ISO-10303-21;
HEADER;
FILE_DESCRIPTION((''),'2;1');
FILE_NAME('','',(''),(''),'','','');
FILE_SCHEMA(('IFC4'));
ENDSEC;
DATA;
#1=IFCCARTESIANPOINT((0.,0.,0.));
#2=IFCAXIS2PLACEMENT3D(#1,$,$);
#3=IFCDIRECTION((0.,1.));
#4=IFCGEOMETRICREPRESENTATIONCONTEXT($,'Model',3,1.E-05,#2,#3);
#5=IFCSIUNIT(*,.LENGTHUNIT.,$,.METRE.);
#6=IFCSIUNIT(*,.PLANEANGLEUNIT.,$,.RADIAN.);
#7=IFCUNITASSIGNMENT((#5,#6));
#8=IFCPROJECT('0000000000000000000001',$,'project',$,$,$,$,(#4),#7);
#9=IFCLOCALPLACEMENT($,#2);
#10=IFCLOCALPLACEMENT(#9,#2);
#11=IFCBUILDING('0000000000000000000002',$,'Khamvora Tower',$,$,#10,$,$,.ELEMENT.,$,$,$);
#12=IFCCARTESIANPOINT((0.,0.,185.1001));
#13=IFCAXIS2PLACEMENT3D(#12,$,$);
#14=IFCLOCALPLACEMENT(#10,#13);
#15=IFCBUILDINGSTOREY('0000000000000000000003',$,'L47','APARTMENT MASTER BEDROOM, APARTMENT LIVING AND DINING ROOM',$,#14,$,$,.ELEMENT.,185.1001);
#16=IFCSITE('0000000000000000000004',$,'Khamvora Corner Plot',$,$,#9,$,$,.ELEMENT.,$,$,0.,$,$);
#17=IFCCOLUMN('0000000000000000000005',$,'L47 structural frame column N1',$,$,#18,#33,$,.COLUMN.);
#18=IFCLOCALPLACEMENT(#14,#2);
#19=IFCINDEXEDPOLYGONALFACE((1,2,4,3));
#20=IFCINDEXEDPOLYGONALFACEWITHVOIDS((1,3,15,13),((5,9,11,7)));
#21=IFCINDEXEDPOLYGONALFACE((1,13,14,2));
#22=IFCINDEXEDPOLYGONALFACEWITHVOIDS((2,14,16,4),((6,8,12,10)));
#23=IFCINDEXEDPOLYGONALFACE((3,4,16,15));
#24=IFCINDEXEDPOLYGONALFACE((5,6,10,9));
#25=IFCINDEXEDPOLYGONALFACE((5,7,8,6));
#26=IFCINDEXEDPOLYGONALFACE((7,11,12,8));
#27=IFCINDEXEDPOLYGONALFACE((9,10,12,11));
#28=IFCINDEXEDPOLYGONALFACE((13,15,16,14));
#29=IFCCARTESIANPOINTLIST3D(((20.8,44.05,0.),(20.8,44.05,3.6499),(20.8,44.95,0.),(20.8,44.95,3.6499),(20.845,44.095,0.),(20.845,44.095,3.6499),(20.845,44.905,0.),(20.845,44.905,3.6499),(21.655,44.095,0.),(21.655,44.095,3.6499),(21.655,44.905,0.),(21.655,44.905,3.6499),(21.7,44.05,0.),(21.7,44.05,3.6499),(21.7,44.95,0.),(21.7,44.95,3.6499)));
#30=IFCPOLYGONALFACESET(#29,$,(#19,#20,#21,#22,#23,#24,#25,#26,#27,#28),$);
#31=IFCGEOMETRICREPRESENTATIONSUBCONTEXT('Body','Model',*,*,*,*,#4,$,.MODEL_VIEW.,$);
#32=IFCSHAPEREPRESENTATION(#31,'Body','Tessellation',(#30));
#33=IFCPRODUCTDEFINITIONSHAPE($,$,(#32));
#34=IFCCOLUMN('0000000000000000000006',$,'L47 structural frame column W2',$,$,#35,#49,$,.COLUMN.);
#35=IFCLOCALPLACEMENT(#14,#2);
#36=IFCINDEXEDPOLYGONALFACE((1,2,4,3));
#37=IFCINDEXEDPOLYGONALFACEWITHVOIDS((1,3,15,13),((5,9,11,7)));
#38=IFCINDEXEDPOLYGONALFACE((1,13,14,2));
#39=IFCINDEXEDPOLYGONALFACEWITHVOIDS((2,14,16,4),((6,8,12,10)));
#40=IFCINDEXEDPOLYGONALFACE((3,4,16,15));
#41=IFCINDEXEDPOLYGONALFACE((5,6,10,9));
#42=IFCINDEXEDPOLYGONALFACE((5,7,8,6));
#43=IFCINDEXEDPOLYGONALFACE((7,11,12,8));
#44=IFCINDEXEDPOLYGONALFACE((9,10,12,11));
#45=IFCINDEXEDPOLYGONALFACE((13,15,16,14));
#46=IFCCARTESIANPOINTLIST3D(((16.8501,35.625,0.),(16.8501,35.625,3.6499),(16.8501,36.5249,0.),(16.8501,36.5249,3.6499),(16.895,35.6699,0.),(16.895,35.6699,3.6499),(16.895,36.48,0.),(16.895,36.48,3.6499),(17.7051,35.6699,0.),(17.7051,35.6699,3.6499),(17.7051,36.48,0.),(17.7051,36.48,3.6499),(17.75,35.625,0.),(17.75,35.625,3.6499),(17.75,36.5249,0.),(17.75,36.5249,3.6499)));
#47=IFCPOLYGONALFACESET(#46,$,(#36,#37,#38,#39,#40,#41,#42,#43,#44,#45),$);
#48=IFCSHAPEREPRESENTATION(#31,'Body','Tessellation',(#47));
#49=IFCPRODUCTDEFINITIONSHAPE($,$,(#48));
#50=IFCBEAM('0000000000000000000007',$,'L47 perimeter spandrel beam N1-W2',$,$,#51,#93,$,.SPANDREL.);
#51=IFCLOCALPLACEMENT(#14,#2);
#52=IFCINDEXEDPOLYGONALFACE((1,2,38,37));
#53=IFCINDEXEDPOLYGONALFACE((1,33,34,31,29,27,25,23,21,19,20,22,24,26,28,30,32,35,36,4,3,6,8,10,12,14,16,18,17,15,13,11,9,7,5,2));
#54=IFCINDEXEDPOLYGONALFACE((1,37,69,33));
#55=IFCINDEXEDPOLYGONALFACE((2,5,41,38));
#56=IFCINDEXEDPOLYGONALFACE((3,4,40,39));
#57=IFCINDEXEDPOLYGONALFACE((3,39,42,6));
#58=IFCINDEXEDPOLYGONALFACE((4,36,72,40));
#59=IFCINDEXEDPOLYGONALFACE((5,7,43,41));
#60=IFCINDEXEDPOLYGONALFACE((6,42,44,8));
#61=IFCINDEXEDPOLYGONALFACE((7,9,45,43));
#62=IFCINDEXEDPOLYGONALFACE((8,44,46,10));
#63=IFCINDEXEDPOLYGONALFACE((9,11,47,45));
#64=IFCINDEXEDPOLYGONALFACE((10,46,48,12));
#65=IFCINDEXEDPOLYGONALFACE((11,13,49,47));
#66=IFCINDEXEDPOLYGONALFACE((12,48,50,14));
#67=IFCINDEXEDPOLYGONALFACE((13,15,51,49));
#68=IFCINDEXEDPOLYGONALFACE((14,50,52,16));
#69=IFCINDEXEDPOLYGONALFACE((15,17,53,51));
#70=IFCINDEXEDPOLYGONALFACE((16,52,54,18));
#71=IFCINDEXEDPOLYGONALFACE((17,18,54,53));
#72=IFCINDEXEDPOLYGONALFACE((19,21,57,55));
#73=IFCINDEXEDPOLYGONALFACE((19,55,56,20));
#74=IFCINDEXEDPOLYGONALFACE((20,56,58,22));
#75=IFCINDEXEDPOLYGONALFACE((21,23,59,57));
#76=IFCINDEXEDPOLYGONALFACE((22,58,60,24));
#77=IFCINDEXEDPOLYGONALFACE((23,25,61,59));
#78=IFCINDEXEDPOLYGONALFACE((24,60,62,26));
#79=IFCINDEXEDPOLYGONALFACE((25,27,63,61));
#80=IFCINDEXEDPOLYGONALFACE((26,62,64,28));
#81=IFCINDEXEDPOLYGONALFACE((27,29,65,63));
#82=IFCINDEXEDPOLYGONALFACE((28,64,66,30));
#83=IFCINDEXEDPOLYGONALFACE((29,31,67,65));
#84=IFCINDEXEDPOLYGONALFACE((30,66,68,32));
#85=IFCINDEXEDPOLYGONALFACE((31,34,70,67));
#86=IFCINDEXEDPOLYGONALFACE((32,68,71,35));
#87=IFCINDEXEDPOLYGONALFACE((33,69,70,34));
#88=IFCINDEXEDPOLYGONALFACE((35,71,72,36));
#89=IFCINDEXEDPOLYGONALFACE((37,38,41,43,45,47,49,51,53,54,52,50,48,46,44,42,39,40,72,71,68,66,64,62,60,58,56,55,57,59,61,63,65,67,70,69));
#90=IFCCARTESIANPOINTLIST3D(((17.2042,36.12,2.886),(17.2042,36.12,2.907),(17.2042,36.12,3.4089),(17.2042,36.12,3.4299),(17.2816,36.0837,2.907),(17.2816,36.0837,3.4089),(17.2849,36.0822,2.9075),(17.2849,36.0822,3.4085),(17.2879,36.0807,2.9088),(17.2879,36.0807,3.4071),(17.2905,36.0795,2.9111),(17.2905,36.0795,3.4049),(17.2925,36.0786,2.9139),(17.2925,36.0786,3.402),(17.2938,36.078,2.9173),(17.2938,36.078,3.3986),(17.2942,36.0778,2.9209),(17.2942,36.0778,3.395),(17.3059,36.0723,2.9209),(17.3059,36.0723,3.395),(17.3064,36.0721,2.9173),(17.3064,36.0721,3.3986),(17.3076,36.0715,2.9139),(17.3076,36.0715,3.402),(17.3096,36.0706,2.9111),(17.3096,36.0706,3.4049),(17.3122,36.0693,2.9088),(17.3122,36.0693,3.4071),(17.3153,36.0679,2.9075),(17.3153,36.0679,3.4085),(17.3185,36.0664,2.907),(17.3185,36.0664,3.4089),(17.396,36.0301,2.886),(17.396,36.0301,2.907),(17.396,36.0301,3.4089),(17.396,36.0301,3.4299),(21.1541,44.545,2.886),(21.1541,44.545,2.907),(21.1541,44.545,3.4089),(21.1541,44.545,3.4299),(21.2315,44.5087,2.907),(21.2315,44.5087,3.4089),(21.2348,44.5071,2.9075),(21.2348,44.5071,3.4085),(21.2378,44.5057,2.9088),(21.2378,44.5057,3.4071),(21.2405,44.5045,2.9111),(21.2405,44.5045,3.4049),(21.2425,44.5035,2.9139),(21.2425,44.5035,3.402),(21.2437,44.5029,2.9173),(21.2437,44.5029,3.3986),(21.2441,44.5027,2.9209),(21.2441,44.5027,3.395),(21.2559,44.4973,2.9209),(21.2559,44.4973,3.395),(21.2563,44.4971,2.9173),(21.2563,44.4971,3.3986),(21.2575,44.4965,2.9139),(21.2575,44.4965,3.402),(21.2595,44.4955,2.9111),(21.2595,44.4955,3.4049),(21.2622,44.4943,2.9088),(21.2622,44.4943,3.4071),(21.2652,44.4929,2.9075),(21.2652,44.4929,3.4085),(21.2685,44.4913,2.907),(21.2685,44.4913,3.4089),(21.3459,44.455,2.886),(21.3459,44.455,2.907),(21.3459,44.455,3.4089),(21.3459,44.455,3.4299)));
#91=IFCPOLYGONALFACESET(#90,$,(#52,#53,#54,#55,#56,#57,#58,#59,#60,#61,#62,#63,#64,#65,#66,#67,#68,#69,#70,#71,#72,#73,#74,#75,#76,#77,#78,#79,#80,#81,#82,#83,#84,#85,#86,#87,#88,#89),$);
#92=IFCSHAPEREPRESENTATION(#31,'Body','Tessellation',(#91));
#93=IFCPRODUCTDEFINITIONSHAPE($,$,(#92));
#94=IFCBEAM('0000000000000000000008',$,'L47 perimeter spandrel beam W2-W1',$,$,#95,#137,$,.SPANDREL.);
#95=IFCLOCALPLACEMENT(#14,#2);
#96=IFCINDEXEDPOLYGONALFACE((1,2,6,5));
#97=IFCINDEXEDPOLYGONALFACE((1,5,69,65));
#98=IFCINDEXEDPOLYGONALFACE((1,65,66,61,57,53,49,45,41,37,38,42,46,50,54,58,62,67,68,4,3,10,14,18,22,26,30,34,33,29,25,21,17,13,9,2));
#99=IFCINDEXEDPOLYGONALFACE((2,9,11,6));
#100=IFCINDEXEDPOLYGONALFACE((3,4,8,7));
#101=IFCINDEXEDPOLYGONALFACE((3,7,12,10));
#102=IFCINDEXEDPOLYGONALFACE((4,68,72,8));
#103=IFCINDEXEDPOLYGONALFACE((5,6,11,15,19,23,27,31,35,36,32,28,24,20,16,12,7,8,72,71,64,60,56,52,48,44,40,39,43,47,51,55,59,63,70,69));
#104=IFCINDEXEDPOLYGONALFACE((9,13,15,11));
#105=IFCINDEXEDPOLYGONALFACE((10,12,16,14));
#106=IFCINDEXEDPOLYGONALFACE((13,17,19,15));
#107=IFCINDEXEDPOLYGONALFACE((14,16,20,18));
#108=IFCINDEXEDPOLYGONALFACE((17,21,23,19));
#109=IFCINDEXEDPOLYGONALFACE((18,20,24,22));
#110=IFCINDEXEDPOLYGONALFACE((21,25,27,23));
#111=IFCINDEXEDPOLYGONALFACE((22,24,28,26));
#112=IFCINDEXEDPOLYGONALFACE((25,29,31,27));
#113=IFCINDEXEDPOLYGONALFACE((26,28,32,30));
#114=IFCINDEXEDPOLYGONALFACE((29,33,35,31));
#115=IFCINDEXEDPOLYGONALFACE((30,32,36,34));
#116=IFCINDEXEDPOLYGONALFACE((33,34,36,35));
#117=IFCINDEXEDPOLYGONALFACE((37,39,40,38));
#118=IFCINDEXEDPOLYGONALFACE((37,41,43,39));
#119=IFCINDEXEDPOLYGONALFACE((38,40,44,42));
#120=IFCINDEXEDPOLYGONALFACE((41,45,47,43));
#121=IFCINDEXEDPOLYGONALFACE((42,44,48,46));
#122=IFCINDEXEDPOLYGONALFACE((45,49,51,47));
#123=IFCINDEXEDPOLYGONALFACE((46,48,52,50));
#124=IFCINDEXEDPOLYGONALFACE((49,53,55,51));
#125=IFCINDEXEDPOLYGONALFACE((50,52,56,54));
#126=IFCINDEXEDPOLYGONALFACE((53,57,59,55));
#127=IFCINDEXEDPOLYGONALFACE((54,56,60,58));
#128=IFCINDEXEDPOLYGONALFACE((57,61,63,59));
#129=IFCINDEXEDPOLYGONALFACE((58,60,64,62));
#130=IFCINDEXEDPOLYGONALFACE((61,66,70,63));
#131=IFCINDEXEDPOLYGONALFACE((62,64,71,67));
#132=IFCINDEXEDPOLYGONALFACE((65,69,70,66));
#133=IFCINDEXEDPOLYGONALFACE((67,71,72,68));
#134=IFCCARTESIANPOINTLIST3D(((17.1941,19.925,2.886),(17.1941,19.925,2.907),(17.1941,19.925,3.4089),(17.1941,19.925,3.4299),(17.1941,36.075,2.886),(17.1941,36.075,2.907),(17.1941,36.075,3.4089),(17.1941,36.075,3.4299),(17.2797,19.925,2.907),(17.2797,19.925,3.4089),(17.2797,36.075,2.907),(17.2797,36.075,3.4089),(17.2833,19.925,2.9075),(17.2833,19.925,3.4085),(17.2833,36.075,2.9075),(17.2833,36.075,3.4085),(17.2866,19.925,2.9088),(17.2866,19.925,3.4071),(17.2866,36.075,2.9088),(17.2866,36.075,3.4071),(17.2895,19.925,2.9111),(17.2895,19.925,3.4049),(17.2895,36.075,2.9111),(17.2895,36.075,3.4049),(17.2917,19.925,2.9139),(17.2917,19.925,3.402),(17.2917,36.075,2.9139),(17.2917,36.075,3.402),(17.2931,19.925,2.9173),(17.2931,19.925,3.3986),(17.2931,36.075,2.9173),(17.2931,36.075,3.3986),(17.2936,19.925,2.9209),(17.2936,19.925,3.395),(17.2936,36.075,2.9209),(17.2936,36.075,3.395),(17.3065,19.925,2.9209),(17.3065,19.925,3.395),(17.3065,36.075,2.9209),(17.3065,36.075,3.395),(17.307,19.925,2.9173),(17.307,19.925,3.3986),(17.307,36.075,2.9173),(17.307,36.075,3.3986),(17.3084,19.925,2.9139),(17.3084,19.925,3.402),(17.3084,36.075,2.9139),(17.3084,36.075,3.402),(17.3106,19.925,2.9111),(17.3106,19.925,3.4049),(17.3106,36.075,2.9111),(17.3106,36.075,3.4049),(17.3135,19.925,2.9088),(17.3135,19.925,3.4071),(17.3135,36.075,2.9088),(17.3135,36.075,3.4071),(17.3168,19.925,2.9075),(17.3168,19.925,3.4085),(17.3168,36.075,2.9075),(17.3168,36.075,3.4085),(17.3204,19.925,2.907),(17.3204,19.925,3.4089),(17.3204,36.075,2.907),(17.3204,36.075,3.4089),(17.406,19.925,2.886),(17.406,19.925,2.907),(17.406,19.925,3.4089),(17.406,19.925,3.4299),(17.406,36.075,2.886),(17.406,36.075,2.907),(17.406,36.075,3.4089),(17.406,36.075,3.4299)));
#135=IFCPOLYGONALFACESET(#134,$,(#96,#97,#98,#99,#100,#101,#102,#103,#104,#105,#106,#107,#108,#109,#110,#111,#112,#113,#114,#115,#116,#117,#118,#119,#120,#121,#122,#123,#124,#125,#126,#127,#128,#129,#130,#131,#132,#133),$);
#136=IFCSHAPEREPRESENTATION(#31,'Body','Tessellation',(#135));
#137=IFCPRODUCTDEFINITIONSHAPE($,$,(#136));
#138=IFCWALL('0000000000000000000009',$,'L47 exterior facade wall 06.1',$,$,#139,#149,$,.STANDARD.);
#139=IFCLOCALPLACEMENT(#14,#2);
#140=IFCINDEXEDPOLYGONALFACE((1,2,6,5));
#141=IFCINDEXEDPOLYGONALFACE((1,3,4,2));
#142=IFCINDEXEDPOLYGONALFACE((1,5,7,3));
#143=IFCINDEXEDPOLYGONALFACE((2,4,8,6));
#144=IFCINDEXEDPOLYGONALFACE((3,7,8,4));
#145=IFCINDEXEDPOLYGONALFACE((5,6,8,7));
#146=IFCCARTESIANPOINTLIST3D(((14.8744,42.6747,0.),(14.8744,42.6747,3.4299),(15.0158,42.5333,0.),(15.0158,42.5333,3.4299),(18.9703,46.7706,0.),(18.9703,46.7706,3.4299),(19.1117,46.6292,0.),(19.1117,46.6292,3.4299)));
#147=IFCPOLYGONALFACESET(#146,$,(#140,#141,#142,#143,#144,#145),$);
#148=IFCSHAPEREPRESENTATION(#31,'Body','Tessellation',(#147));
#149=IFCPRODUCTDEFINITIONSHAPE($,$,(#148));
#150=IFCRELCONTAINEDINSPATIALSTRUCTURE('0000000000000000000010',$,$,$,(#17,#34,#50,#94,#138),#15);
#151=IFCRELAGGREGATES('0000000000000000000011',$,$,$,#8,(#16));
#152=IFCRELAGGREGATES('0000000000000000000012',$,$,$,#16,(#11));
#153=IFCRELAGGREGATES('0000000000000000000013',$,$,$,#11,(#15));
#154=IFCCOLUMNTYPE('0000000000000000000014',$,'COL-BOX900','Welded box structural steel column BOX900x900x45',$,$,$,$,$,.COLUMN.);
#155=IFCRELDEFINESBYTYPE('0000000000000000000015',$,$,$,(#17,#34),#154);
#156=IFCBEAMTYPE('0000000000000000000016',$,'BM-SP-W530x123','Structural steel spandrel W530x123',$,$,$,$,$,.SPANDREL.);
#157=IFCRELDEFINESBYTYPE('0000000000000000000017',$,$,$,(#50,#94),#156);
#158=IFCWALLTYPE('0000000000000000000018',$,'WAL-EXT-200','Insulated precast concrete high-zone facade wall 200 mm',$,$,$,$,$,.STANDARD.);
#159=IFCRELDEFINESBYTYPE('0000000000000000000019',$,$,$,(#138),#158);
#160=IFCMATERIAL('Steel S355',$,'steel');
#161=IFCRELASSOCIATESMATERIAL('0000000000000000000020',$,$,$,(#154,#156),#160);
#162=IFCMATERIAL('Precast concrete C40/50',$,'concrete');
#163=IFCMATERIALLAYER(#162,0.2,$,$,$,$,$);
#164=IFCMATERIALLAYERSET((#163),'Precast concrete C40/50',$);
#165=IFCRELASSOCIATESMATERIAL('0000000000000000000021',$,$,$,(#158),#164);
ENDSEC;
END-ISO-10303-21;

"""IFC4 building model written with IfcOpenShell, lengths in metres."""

from ifc_helpers import new_model, si_unit, direction, frame, frame_2d, origin, origin_2d, place, context, subcontext, project, spatial, rectangle, hollow_rectangle, i_section, extrude, material, layer, layer_set, material_profile, profile_set, type_object, element, save


model = new_model("IFC4")

# Units and contexts
model_context = context("Model", 3, precision=1e-05, world=origin(), true_north=direction((0.0, 1.0)))
body_context = subcontext(model_context, "Body", "Model", "MODEL_VIEW")
ifc_project = project(units=[si_unit("LENGTHUNIT", "METRE"), si_unit("PLANEANGLEUNIT", "RADIAN")], contexts=[model_context])

# Site, building, storey
site_placement = place(None, origin())
site = spatial("IfcSite", under=ifc_project, at=site_placement, Name="Khamvora Corner Plot", CompositionType="ELEMENT", RefElevation=0.0)
building_placement = place(site_placement, origin())
building = spatial("IfcBuilding", under=site, at=building_placement, Name="Khamvora Tower", CompositionType="ELEMENT")
storey_placement = place(building_placement, frame((0.0, 0.0, 185.1001)))
storey = spatial("IfcBuildingStorey", under=building, at=storey_placement, Name="L47", Description="APARTMENT MASTER BEDROOM, APARTMENT LIVING AND DINING ROOM", CompositionType="ELEMENT", Elevation=185.1001)

# Columns
ifc_material_1 = material(Name="Steel S355", Category="steel")
ifc_material_profile_1 = material_profile(ifc_material_1, hollow_rectangle(XDim=0.8999, YDim=0.8999, WallThickness=0.0449, at=origin_2d()), Name="BOX900x900x45")
ifc_profile_set_1 = profile_set([ifc_material_profile_1], Name="Steel S355")
column_type = type_object("IfcColumnType", Name="COL-BOX900", Description="Welded box structural steel column BOX900x900x45", PredefinedType="COLUMN", material=ifc_profile_set_1)
for number, where, z_axis, x_axis, name in (
    (1, (21.25, 44.5, 0.0), (0.0, 0.0, 1.0), (1.0, 0.0, 0.0), "L47 structural frame column N1"),
    (2, (17.3, 36.075, 0.0), (0.0, 0.0, 1.0), (1.0, 0.0, 0.0), "L47 structural frame column W2"),
):
    element("IfcColumn", number, at=place(storey_placement, frame(where, z_axis=z_axis, x_axis=x_axis)), inside=storey, type_object=column_type, Name=name, PredefinedType="COLUMN", context=body_context, shape_type="SweptSolid", body=[
        extrude(hollow_rectangle(XDim=0.8999, YDim=0.8999, WallThickness=0.0449, at=origin_2d()), origin(), (0.0, 0.0, 1.0), 3.6499),
    ])

# Beams
ifc_material_profile_2 = material_profile(ifc_material_1, i_section(OverallWidth=0.2119, OverallDepth=0.5439, WebThickness=0.0129, FlangeThickness=0.021, FilletRadius=0.0139, at=origin_2d()), Name="W530x123")
ifc_profile_set_2 = profile_set([ifc_material_profile_2], Name="Steel S355")
beam_type = type_object("IfcBeamType", Name="BM-SP-W530x123", Description="Structural steel spandrel W530x123", PredefinedType="SPANDREL", material=ifc_profile_set_2)
beam_1_placement = place(storey_placement, frame((21.25, 44.5, 3.158), z_axis=(-0.424496, -0.90543, 0.0), x_axis=(0.90543, -0.424496, 0.0)))
element("IfcBeam", 3, at=beam_1_placement, inside=storey, type_object=beam_type, Name="L47 perimeter spandrel beam N1-W2", PredefinedType="SPANDREL", context=body_context, shape_type="SweptSolid", body=[
    extrude(i_section(OverallWidth=0.2119, OverallDepth=0.5439, WebThickness=0.0129, FlangeThickness=0.021, FilletRadius=0.0139, at=origin_2d()), origin(), (0.0, 0.0, 1.0), 9.3049),
])
beam_2_placement = place(storey_placement, frame((17.3, 36.075, 3.158), z_axis=(0.0, -1.0, 0.0), x_axis=(1.0, 0.0, 0.0)))
element("IfcBeam", 4, at=beam_2_placement, inside=storey, type_object=beam_type, Name="L47 perimeter spandrel beam W2-W1", PredefinedType="SPANDREL", context=body_context, shape_type="SweptSolid", body=[
    extrude(i_section(OverallWidth=0.2119, OverallDepth=0.5439, WebThickness=0.0129, FlangeThickness=0.021, FilletRadius=0.0139, at=origin_2d()), origin(), (0.0, 0.0, 1.0), 16.1499),
])

# Wall
ifc_material_2 = material(Name="Precast concrete C40/50", Category="concrete")
ifc_layer_1 = layer(ifc_material_2, 0.2)
ifc_layer_set_1 = layer_set([ifc_layer_1], Name="Precast concrete C40/50")
wall_type_1 = type_object("IfcWallType", Name="WAL-EXT-200", Description="Insulated precast concrete high-zone facade wall 200 mm", PredefinedType="STANDARD", material=ifc_layer_set_1)
wall_1_placement = place(storey_placement, frame((14.9451, 42.604, 0.0), z_axis=(0.0, 0.0, 1.0), x_axis=(0.707107, 0.707107, 0.0)))
element("IfcWall", 5, at=wall_1_placement, inside=storey, type_object=wall_type_1, Name="L47 exterior facade wall 06.1", PredefinedType="STANDARD", context=body_context, shape_type="SweptSolid", body=[
    extrude(rectangle(XDim=5.7925, YDim=0.2, at=frame_2d((2.8962, 0.0))), origin(), (0.0, 0.0, 1.0), 3.4299),
])

save(model, "model.ifc")
